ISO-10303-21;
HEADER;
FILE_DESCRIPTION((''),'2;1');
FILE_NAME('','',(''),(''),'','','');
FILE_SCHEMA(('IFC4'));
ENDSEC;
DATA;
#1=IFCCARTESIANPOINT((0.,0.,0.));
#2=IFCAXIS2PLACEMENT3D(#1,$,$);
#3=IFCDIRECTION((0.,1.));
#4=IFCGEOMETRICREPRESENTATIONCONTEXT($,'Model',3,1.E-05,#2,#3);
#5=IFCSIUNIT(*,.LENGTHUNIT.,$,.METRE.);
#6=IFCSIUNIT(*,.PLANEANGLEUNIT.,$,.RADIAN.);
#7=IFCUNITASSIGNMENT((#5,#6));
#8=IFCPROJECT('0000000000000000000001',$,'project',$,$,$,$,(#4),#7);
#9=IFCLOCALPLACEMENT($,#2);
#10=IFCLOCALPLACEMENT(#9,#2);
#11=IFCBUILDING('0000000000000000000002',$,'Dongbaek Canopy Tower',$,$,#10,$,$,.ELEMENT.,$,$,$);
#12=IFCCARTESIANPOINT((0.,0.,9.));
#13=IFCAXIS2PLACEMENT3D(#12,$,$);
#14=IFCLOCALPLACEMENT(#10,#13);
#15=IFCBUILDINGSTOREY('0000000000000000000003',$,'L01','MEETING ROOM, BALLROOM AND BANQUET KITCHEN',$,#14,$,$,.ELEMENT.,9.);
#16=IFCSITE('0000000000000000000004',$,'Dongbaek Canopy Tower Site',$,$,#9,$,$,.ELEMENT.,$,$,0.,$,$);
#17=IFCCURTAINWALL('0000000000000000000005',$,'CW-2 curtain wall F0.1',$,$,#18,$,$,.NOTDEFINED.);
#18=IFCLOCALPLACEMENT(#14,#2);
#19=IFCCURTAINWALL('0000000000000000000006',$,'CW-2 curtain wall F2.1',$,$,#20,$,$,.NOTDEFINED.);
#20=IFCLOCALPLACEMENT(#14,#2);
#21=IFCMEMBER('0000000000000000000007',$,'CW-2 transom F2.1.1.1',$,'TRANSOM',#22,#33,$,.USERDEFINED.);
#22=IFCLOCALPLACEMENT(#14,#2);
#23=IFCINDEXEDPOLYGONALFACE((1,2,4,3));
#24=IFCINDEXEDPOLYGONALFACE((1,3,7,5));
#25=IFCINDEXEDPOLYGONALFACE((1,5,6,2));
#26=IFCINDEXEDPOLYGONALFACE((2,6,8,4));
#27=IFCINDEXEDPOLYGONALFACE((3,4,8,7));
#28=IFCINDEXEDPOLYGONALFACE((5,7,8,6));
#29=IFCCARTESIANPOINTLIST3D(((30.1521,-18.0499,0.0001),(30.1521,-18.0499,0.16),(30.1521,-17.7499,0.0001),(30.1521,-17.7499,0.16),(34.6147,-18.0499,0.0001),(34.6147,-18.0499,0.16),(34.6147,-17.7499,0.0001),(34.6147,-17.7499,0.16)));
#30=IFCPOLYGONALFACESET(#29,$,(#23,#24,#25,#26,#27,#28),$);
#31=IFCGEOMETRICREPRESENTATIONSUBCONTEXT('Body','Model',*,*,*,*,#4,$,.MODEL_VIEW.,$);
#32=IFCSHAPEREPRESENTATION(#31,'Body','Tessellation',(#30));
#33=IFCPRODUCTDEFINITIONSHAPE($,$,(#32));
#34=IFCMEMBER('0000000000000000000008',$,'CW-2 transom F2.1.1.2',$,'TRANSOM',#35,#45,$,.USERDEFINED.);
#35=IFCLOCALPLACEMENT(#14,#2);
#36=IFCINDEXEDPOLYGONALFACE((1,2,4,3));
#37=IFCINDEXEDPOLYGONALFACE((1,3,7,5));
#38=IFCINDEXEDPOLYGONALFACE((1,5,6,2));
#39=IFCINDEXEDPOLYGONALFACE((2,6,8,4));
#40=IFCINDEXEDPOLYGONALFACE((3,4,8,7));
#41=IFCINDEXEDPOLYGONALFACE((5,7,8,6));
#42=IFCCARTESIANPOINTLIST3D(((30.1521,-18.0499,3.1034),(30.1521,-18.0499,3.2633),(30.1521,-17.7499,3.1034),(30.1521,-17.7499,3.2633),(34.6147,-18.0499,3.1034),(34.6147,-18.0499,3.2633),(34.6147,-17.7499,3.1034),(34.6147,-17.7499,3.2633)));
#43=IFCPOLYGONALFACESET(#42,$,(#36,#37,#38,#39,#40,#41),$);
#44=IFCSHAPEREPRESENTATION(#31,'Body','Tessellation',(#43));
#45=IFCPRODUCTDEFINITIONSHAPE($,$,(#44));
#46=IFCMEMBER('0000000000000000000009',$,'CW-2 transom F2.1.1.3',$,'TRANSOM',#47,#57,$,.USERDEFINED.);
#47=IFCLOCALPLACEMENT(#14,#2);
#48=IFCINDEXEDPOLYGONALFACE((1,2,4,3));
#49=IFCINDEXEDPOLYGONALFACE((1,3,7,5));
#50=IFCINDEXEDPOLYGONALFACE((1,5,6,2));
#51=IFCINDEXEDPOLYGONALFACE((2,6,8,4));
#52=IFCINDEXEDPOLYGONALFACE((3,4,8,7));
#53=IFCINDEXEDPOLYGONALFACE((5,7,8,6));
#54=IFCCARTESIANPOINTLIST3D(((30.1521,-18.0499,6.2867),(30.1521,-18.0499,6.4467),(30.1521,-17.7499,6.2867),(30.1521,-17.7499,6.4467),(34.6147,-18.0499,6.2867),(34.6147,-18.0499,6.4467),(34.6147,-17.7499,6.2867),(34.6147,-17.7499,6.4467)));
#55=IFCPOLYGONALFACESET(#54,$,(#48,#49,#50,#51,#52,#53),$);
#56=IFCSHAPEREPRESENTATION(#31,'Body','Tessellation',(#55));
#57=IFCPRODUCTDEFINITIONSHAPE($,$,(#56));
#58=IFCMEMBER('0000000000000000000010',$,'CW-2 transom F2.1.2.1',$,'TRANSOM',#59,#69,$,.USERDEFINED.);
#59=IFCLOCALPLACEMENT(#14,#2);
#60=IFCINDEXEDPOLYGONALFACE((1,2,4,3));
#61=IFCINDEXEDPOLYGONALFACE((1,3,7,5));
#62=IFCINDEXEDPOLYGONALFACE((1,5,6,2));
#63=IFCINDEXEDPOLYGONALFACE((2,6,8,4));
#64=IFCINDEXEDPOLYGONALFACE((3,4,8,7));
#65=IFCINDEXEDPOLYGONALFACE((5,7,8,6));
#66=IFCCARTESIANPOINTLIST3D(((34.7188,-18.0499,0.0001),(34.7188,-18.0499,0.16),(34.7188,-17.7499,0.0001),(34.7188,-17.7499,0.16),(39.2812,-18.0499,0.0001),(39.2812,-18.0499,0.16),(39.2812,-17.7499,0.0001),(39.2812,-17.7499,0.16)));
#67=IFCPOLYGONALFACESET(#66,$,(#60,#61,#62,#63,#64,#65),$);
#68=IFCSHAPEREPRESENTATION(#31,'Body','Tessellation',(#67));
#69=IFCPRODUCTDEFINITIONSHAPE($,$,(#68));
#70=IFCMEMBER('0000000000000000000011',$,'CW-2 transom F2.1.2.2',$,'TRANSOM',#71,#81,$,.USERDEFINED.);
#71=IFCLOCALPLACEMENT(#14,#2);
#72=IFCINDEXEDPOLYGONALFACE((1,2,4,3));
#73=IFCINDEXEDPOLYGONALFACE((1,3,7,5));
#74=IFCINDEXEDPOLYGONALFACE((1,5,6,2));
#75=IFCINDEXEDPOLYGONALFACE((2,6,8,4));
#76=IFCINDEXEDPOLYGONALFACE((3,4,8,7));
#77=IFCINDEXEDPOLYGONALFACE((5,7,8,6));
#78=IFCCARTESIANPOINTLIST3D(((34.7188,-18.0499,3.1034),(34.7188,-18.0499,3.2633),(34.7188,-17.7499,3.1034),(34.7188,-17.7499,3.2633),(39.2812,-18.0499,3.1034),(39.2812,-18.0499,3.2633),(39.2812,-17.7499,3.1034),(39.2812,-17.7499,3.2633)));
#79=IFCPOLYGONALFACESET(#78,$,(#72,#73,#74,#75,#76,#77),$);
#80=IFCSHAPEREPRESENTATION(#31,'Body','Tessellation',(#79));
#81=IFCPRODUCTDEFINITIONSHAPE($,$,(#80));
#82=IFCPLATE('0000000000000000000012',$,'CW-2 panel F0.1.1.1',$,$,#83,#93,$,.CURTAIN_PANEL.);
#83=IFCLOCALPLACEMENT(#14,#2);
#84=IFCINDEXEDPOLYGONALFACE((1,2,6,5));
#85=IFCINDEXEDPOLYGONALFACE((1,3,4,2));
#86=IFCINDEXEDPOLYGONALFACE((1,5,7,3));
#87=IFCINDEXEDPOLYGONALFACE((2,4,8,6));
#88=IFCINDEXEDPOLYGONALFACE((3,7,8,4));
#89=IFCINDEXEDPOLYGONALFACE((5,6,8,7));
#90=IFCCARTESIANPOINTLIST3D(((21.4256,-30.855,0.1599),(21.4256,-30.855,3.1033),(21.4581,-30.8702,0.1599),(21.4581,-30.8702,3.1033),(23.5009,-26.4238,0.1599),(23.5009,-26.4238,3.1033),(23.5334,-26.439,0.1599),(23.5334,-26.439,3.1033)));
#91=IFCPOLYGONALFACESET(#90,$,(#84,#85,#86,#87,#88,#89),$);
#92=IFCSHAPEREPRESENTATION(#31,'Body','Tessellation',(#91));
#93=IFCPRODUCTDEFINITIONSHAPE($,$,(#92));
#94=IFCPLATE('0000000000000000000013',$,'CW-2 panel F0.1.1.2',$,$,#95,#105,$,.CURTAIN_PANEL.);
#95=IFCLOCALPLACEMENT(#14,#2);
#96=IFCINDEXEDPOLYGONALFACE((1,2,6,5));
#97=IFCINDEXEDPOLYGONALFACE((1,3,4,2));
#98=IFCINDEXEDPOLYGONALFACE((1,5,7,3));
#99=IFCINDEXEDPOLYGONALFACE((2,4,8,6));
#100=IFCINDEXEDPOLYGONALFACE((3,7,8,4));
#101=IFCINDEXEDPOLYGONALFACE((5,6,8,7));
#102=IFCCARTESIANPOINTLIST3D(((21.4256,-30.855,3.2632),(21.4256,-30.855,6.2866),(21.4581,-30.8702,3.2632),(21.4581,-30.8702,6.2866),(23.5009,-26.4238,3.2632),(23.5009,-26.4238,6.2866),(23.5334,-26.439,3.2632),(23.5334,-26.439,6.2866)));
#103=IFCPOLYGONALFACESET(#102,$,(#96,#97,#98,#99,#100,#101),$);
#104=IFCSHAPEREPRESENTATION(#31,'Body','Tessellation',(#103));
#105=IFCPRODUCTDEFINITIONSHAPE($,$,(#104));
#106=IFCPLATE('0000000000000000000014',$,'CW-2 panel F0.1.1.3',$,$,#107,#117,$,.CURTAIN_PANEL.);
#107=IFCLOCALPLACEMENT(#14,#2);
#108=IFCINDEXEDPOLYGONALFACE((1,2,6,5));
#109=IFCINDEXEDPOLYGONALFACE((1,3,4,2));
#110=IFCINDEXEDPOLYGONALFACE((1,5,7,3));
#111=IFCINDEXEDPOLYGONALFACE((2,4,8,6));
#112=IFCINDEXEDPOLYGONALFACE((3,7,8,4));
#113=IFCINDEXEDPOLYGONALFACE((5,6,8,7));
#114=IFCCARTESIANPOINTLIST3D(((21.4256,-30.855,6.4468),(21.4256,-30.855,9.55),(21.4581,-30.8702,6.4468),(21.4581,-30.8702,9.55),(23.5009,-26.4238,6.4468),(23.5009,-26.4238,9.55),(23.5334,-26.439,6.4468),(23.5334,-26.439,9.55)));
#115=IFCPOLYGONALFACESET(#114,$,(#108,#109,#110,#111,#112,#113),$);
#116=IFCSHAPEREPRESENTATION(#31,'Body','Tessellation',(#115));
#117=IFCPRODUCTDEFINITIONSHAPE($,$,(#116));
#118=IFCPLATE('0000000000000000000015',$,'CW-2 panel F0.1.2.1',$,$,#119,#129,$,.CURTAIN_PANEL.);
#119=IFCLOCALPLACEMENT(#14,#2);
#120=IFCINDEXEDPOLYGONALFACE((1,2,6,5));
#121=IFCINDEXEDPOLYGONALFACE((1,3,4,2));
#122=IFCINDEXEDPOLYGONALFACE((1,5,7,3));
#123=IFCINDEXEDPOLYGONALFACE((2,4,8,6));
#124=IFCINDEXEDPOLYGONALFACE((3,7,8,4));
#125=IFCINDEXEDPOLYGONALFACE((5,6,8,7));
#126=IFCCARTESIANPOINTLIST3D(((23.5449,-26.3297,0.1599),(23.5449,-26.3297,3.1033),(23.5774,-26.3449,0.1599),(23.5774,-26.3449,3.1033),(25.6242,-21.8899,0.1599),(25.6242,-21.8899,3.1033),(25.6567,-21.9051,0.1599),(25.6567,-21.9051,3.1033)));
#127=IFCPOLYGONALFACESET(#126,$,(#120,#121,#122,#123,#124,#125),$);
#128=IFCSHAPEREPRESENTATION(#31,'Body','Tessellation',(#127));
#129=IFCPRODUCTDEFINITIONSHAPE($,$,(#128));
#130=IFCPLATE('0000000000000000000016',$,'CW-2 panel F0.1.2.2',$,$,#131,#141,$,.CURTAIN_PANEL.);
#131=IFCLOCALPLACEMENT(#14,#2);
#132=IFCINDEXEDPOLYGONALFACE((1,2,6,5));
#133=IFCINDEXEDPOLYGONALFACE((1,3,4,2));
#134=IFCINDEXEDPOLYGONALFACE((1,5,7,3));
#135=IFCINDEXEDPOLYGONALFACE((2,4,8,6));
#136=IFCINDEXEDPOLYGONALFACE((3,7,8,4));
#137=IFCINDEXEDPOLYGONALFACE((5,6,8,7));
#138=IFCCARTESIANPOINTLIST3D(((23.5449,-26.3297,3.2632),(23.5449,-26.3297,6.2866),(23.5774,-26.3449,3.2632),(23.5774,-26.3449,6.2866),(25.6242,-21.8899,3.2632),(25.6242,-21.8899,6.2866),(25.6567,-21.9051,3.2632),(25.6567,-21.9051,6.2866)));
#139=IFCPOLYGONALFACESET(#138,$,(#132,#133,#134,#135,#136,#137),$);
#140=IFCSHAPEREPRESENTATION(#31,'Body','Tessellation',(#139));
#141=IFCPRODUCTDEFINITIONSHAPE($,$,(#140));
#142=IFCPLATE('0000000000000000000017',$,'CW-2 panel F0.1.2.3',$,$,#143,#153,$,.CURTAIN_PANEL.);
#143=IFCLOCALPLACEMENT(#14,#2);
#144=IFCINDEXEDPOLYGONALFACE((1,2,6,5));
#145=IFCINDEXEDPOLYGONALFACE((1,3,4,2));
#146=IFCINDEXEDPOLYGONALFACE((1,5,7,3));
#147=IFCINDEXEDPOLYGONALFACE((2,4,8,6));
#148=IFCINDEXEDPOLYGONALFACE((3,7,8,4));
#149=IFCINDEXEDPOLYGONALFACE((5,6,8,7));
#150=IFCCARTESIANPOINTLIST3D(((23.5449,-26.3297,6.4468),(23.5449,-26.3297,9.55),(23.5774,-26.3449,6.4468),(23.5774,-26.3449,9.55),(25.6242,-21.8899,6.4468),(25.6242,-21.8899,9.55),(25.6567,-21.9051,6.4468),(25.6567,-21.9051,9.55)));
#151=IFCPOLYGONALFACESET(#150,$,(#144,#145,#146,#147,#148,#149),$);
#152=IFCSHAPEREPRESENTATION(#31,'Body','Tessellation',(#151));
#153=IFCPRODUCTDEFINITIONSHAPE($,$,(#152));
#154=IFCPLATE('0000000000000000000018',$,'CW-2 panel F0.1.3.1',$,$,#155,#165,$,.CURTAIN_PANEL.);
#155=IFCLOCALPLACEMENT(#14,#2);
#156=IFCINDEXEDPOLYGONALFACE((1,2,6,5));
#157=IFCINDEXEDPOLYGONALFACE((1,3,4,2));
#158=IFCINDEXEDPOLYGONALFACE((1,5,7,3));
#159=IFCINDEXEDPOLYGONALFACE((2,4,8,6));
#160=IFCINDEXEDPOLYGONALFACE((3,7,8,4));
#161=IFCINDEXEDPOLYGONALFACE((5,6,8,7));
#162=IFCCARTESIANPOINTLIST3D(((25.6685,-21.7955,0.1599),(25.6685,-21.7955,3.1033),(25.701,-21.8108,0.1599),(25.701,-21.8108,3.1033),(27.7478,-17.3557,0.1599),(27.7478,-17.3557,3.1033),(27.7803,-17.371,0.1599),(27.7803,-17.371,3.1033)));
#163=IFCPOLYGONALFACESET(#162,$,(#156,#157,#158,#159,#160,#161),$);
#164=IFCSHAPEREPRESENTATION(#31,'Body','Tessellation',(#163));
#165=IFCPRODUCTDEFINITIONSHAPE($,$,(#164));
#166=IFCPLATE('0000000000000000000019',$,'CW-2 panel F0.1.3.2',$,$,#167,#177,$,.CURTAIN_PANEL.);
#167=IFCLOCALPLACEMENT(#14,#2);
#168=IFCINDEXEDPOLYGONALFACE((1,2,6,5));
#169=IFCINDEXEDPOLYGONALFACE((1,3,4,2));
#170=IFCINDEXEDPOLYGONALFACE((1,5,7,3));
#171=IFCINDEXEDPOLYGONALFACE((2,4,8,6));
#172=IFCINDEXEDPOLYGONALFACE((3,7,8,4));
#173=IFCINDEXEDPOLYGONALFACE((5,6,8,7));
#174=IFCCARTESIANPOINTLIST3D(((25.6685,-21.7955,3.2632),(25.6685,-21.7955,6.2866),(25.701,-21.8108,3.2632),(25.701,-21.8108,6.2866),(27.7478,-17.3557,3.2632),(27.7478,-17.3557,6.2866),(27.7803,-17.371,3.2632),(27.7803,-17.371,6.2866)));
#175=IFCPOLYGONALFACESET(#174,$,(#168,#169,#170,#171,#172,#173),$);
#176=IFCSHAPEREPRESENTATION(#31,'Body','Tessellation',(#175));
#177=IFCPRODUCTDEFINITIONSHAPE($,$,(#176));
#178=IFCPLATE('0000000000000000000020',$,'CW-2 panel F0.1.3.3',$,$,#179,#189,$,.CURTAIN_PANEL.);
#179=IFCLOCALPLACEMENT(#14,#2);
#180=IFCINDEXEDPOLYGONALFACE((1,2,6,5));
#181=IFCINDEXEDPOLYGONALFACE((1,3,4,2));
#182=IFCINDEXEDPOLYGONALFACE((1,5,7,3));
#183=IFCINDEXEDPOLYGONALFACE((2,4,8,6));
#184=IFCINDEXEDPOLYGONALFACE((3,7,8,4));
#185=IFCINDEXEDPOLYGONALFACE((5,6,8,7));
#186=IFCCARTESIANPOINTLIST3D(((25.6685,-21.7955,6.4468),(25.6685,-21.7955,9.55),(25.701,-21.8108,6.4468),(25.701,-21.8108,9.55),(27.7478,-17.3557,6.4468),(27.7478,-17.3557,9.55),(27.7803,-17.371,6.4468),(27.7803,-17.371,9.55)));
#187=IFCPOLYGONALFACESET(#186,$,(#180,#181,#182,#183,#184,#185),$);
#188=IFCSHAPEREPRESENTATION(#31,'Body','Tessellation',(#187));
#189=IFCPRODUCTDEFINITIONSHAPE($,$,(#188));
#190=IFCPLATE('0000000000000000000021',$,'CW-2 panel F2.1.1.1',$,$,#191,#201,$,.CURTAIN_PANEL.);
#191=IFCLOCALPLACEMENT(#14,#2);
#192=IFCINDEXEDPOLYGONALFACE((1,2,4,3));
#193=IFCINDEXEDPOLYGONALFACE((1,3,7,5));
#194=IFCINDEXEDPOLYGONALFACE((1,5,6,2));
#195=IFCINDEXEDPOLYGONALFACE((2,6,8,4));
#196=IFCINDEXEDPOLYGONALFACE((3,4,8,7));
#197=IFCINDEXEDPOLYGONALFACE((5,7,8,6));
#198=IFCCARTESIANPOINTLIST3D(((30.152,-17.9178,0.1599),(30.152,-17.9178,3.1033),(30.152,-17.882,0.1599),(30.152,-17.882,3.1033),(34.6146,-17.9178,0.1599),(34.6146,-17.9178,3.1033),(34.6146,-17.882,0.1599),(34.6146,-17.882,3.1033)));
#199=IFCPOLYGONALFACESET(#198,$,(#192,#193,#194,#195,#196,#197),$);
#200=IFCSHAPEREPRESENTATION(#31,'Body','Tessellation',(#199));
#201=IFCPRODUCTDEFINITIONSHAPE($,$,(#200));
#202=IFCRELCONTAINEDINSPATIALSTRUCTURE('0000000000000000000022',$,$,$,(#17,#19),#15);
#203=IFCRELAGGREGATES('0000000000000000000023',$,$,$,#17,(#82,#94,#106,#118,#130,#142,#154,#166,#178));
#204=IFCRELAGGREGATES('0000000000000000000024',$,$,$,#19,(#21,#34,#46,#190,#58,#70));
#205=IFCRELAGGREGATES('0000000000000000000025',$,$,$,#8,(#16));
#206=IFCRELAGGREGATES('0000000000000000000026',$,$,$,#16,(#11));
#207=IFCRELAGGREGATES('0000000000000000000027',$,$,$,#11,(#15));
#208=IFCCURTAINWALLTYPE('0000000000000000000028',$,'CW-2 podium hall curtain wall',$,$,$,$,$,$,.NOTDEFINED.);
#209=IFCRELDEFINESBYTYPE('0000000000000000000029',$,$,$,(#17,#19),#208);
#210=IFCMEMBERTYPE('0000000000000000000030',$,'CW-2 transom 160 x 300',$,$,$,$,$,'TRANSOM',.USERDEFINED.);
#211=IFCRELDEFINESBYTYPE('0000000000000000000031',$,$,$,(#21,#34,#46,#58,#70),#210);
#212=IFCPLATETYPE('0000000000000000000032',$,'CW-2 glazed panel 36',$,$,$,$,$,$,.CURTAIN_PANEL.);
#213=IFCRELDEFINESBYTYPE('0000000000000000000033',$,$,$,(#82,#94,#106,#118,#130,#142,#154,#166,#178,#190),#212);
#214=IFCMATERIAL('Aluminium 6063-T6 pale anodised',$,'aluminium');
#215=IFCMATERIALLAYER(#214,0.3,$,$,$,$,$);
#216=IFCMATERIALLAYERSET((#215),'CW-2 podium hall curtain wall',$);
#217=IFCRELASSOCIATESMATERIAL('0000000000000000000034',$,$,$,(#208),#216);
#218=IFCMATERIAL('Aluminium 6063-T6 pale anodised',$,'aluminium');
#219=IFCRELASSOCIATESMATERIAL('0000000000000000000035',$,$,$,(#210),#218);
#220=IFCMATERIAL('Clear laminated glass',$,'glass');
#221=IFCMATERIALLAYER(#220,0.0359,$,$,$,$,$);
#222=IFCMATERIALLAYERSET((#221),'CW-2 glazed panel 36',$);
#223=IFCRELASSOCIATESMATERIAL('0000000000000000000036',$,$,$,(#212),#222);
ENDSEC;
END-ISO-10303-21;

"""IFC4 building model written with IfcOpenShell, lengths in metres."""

from ifc_helpers import new_model, si_unit, direction, frame, origin, origin_2d, place, context, subcontext, project, spatial, rectangle, extrude, material, layer, layer_set, material_profile, profile_set, type_object, element, aggregate, save


model = new_model("IFC4")

# Units and contexts
model_context = context("Model", 3, precision=1e-05, world=origin(), true_north=direction((0.0, 1.0)))
body_context = subcontext(model_context, "Body", "Model", "MODEL_VIEW")
ifc_project = project(units=[si_unit("LENGTHUNIT", "METRE"), si_unit("PLANEANGLEUNIT", "RADIAN")], contexts=[model_context])

# Site, building, storey
site_placement = place(None, origin())
site = spatial("IfcSite", under=ifc_project, at=site_placement, Name="Dongbaek Canopy Tower Site", CompositionType="ELEMENT", RefElevation=0.0)
building_placement = place(site_placement, origin())
building = spatial("IfcBuilding", under=site, at=building_placement, Name="Dongbaek Canopy Tower", CompositionType="ELEMENT")
storey_placement = place(building_placement, frame((0.0, 0.0, 9.0)))
storey = spatial("IfcBuildingStorey", under=building, at=storey_placement, Name="L01", Description="MEETING ROOM, BALLROOM AND BANQUET KITCHEN", CompositionType="ELEMENT", Elevation=9.0)

# Curtain wall
ifc_material_1 = material(Name="Aluminium 6063-T6 pale anodised", Category="aluminium")
ifc_layer_1 = layer(ifc_material_1, 0.3)
ifc_layer_set_1 = layer_set([ifc_layer_1], Name="CW-2 podium hall curtain wall")
curtain_wall_type = type_object("IfcCurtainWallType", Name="CW-2 podium hall curtain wall", PredefinedType="NOTDEFINED", material=ifc_layer_set_1)
curtain_wall_1_placement = place(storey_placement, origin())
curtain_wall_1 = element("IfcCurtainWall", 1, at=curtain_wall_1_placement, inside=storey, type_object=curtain_wall_type, Name="CW-2 curtain wall F0.1", PredefinedType="NOTDEFINED")

# Curtain wall
curtain_wall_2_placement = place(storey_placement, origin())
curtain_wall_2 = element("IfcCurtainWall", 2, at=curtain_wall_2_placement, inside=storey, type_object=curtain_wall_type, Name="CW-2 curtain wall F2.1", PredefinedType="NOTDEFINED")

# Members
ifc_material_2 = material(Name="Aluminium 6063-T6 pale anodised", Category="aluminium")
ifc_material_profile_1 = material_profile(ifc_material_2, rectangle(XDim=0.3, YDim=0.1599, at=origin_2d()), Name="CW-2 transom 160 x 300")
ifc_profile_set_1 = profile_set([ifc_material_profile_1], Name="Aluminium 6063-T6 pale anodised")
member_type_1 = type_object("IfcMemberType", Name="CW-2 transom 160 x 300", ElementType="TRANSOM", PredefinedType="USERDEFINED", material=ifc_profile_set_1)
member_1_placement = place(storey_placement, frame((30.1521, -17.8999, 0.0801), z_axis=(1.0, 0.0, 0.0), x_axis=(0.0, 1.0, 0.0)))
member_1 = element("IfcMember", 3, at=member_1_placement, type_object=member_type_1, Name="CW-2 transom F2.1.1.1", ObjectType="TRANSOM", PredefinedType="USERDEFINED", context=body_context, shape_type="SweptSolid", body=[
    extrude(rectangle(XDim=0.3, YDim=0.1599, at=origin_2d()), origin(), (0.0, 0.0, 1.0), 4.4626),
])
member_2_placement = place(storey_placement, frame((30.1521, -17.8999, 3.1833), z_axis=(1.0, 0.0, 0.0), x_axis=(0.0, 1.0, 0.0)))
member_2 = element("IfcMember", 4, at=member_2_placement, type_object=member_type_1, Name="CW-2 transom F2.1.1.2", ObjectType="TRANSOM", PredefinedType="USERDEFINED", context=body_context, shape_type="SweptSolid", body=[
    extrude(rectangle(XDim=0.3, YDim=0.1599, at=origin_2d()), origin(), (0.0, 0.0, 1.0), 4.4626),
])
member_3_placement = place(storey_placement, frame((30.1521, -17.8999, 6.3667), z_axis=(1.0, 0.0, 0.0), x_axis=(0.0, 1.0, 0.0)))
member_3 = element("IfcMember", 5, at=member_3_placement, type_object=member_type_1, Name="CW-2 transom F2.1.1.3", ObjectType="TRANSOM", PredefinedType="USERDEFINED", context=body_context, shape_type="SweptSolid", body=[
    extrude(rectangle(XDim=0.3, YDim=0.1599, at=origin_2d()), origin(), (0.0, 0.0, 1.0), 4.4626),
])
member_4_placement = place(storey_placement, frame((34.7188, -17.8999, 0.0801), z_axis=(1.0, 0.0, 0.0), x_axis=(0.0, 1.0, 0.0)))
member_4 = element("IfcMember", 6, at=member_4_placement, type_object=member_type_1, Name="CW-2 transom F2.1.2.1", ObjectType="TRANSOM", PredefinedType="USERDEFINED", context=body_context, shape_type="SweptSolid", body=[
    extrude(rectangle(XDim=0.3, YDim=0.1599, at=origin_2d()), origin(), (0.0, 0.0, 1.0), 4.5625),
])
member_5_placement = place(storey_placement, frame((34.7188, -17.8999, 3.1833), z_axis=(1.0, 0.0, 0.0), x_axis=(0.0, 1.0, 0.0)))
member_5 = element("IfcMember", 7, at=member_5_placement, type_object=member_type_1, Name="CW-2 transom F2.1.2.2", ObjectType="TRANSOM", PredefinedType="USERDEFINED", context=body_context, shape_type="SweptSolid", body=[
    extrude(rectangle(XDim=0.3, YDim=0.1599, at=origin_2d()), origin(), (0.0, 0.0, 1.0), 4.5625),
])

# Plates
ifc_material_3 = material(Name="Clear laminated glass", Category="glass")
ifc_layer_2 = layer(ifc_material_3, 0.0359)
ifc_layer_set_2 = layer_set([ifc_layer_2], Name="CW-2 glazed panel 36")
plate_type_1 = type_object("IfcPlateType", Name="CW-2 glazed panel 36", PredefinedType="CURTAIN_PANEL", material=ifc_layer_set_2)
plate_1_placement = place(storey_placement, frame((22.4795, -28.647, 0.1599), z_axis=(0.0, 0.0, 1.0), x_axis=(0.424123, 0.905605, 0.0)))
plate_1 = element("IfcPlate", 8, at=plate_1_placement, type_object=plate_type_1, Name="CW-2 panel F0.1.1.1", PredefinedType="CURTAIN_PANEL", context=body_context, shape_type="SweptSolid", body=[
    extrude(rectangle(XDim=4.8931, YDim=0.0359, at=origin_2d()), origin(), (0.0, 0.0, 1.0), 2.9434),
])
plate_2_placement = place(storey_placement, frame((22.4795, -28.647, 3.2632), z_axis=(0.0, 0.0, 1.0), x_axis=(0.424123, 0.905605, 0.0)))
plate_2 = element("IfcPlate", 9, at=plate_2_placement, type_object=plate_type_1, Name="CW-2 panel F0.1.1.2", PredefinedType="CURTAIN_PANEL", context=body_context, shape_type="SweptSolid", body=[
    extrude(rectangle(XDim=4.8931, YDim=0.0359, at=origin_2d()), origin(), (0.0, 0.0, 1.0), 3.0234),
])
plate_3_placement = place(storey_placement, frame((22.4795, -28.647, 6.4468), z_axis=(0.0, 0.0, 1.0), x_axis=(0.424123, 0.905605, 0.0)))
plate_3 = element("IfcPlate", 10, at=plate_3_placement, type_object=plate_type_1, Name="CW-2 panel F0.1.1.3", PredefinedType="CURTAIN_PANEL", context=body_context, shape_type="SweptSolid", body=[
    extrude(rectangle(XDim=4.8931, YDim=0.0359, at=origin_2d()), origin(), (0.0, 0.0, 1.0), 3.1033),
])
plate_4_placement = place(storey_placement, frame((24.6008, -24.1174, 0.1599), z_axis=(0.0, 0.0, 1.0), x_axis=(0.424123, 0.905605, 0.0)))
plate_4 = element("IfcPlate", 11, at=plate_4_placement, type_object=plate_type_1, Name="CW-2 panel F0.1.2.1", PredefinedType="CURTAIN_PANEL", context=body_context, shape_type="SweptSolid", body=[
    extrude(rectangle(XDim=4.9026, YDim=0.0359, at=origin_2d()), origin(), (0.0, 0.0, 1.0), 2.9434),
])
plate_5_placement = place(storey_placement, frame((24.6008, -24.1174, 3.2632), z_axis=(0.0, 0.0, 1.0), x_axis=(0.424123, 0.905605, 0.0)))
plate_5 = element("IfcPlate", 12, at=plate_5_placement, type_object=plate_type_1, Name="CW-2 panel F0.1.2.2", PredefinedType="CURTAIN_PANEL", context=body_context, shape_type="SweptSolid", body=[
    extrude(rectangle(XDim=4.9026, YDim=0.0359, at=origin_2d()), origin(), (0.0, 0.0, 1.0), 3.0234),
])
plate_6_placement = place(storey_placement, frame((24.6008, -24.1174, 6.4468), z_axis=(0.0, 0.0, 1.0), x_axis=(0.424123, 0.905605, 0.0)))
plate_6 = element("IfcPlate", 13, at=plate_6_placement, type_object=plate_type_1, Name="CW-2 panel F0.1.2.3", PredefinedType="CURTAIN_PANEL", context=body_context, shape_type="SweptSolid", body=[
    extrude(rectangle(XDim=4.9026, YDim=0.0359, at=origin_2d()), origin(), (0.0, 0.0, 1.0), 3.1033),
])
plate_7_placement = place(storey_placement, frame((26.7244, -19.5833, 0.1599), z_axis=(0.0, 0.0, 1.0), x_axis=(0.424123, 0.905605, 0.0)))
plate_7 = element("IfcPlate", 14, at=plate_7_placement, type_object=plate_type_1, Name="CW-2 panel F0.1.3.1", PredefinedType="CURTAIN_PANEL", context=body_context, shape_type="SweptSolid", body=[
    extrude(rectangle(XDim=4.9026, YDim=0.0359, at=origin_2d()), origin(), (0.0, 0.0, 1.0), 2.9434),
])
plate_8_placement = place(storey_placement, frame((26.7244, -19.5833, 3.2632), z_axis=(0.0, 0.0, 1.0), x_axis=(0.424123, 0.905605, 0.0)))
plate_8 = element("IfcPlate", 15, at=plate_8_placement, type_object=plate_type_1, Name="CW-2 panel F0.1.3.2", PredefinedType="CURTAIN_PANEL", context=body_context, shape_type="SweptSolid", body=[
    extrude(rectangle(XDim=4.9026, YDim=0.0359, at=origin_2d()), origin(), (0.0, 0.0, 1.0), 3.0234),
])
plate_9_placement = place(storey_placement, frame((26.7244, -19.5833, 6.4468), z_axis=(0.0, 0.0, 1.0), x_axis=(0.424123, 0.905605, 0.0)))
plate_9 = element("IfcPlate", 16, at=plate_9_placement, type_object=plate_type_1, Name="CW-2 panel F0.1.3.3", PredefinedType="CURTAIN_PANEL", context=body_context, shape_type="SweptSolid", body=[
    extrude(rectangle(XDim=4.9026, YDim=0.0359, at=origin_2d()), origin(), (0.0, 0.0, 1.0), 3.1033),
])
aggregate(curtain_wall_1, [plate_1, plate_2, plate_3, plate_4, plate_5, plate_6, plate_7, plate_8, plate_9])
plate_10_placement = place(storey_placement, frame((32.3833, -17.8999, 0.1599), z_axis=(0.0, 0.0, 1.0), x_axis=(1.0, 0.0, 0.0)))
plate_10 = element("IfcPlate", 17, at=plate_10_placement, type_object=plate_type_1, Name="CW-2 panel F2.1.1.1", PredefinedType="CURTAIN_PANEL", context=body_context, shape_type="SweptSolid", body=[
    extrude(rectangle(XDim=4.4626, YDim=0.0359, at=origin_2d()), origin(), (0.0, 0.0, 1.0), 2.9434),
])
aggregate(curtain_wall_2, [member_1, member_2, member_3, plate_10, member_4, member_5])

save(model, "model.ifc")
